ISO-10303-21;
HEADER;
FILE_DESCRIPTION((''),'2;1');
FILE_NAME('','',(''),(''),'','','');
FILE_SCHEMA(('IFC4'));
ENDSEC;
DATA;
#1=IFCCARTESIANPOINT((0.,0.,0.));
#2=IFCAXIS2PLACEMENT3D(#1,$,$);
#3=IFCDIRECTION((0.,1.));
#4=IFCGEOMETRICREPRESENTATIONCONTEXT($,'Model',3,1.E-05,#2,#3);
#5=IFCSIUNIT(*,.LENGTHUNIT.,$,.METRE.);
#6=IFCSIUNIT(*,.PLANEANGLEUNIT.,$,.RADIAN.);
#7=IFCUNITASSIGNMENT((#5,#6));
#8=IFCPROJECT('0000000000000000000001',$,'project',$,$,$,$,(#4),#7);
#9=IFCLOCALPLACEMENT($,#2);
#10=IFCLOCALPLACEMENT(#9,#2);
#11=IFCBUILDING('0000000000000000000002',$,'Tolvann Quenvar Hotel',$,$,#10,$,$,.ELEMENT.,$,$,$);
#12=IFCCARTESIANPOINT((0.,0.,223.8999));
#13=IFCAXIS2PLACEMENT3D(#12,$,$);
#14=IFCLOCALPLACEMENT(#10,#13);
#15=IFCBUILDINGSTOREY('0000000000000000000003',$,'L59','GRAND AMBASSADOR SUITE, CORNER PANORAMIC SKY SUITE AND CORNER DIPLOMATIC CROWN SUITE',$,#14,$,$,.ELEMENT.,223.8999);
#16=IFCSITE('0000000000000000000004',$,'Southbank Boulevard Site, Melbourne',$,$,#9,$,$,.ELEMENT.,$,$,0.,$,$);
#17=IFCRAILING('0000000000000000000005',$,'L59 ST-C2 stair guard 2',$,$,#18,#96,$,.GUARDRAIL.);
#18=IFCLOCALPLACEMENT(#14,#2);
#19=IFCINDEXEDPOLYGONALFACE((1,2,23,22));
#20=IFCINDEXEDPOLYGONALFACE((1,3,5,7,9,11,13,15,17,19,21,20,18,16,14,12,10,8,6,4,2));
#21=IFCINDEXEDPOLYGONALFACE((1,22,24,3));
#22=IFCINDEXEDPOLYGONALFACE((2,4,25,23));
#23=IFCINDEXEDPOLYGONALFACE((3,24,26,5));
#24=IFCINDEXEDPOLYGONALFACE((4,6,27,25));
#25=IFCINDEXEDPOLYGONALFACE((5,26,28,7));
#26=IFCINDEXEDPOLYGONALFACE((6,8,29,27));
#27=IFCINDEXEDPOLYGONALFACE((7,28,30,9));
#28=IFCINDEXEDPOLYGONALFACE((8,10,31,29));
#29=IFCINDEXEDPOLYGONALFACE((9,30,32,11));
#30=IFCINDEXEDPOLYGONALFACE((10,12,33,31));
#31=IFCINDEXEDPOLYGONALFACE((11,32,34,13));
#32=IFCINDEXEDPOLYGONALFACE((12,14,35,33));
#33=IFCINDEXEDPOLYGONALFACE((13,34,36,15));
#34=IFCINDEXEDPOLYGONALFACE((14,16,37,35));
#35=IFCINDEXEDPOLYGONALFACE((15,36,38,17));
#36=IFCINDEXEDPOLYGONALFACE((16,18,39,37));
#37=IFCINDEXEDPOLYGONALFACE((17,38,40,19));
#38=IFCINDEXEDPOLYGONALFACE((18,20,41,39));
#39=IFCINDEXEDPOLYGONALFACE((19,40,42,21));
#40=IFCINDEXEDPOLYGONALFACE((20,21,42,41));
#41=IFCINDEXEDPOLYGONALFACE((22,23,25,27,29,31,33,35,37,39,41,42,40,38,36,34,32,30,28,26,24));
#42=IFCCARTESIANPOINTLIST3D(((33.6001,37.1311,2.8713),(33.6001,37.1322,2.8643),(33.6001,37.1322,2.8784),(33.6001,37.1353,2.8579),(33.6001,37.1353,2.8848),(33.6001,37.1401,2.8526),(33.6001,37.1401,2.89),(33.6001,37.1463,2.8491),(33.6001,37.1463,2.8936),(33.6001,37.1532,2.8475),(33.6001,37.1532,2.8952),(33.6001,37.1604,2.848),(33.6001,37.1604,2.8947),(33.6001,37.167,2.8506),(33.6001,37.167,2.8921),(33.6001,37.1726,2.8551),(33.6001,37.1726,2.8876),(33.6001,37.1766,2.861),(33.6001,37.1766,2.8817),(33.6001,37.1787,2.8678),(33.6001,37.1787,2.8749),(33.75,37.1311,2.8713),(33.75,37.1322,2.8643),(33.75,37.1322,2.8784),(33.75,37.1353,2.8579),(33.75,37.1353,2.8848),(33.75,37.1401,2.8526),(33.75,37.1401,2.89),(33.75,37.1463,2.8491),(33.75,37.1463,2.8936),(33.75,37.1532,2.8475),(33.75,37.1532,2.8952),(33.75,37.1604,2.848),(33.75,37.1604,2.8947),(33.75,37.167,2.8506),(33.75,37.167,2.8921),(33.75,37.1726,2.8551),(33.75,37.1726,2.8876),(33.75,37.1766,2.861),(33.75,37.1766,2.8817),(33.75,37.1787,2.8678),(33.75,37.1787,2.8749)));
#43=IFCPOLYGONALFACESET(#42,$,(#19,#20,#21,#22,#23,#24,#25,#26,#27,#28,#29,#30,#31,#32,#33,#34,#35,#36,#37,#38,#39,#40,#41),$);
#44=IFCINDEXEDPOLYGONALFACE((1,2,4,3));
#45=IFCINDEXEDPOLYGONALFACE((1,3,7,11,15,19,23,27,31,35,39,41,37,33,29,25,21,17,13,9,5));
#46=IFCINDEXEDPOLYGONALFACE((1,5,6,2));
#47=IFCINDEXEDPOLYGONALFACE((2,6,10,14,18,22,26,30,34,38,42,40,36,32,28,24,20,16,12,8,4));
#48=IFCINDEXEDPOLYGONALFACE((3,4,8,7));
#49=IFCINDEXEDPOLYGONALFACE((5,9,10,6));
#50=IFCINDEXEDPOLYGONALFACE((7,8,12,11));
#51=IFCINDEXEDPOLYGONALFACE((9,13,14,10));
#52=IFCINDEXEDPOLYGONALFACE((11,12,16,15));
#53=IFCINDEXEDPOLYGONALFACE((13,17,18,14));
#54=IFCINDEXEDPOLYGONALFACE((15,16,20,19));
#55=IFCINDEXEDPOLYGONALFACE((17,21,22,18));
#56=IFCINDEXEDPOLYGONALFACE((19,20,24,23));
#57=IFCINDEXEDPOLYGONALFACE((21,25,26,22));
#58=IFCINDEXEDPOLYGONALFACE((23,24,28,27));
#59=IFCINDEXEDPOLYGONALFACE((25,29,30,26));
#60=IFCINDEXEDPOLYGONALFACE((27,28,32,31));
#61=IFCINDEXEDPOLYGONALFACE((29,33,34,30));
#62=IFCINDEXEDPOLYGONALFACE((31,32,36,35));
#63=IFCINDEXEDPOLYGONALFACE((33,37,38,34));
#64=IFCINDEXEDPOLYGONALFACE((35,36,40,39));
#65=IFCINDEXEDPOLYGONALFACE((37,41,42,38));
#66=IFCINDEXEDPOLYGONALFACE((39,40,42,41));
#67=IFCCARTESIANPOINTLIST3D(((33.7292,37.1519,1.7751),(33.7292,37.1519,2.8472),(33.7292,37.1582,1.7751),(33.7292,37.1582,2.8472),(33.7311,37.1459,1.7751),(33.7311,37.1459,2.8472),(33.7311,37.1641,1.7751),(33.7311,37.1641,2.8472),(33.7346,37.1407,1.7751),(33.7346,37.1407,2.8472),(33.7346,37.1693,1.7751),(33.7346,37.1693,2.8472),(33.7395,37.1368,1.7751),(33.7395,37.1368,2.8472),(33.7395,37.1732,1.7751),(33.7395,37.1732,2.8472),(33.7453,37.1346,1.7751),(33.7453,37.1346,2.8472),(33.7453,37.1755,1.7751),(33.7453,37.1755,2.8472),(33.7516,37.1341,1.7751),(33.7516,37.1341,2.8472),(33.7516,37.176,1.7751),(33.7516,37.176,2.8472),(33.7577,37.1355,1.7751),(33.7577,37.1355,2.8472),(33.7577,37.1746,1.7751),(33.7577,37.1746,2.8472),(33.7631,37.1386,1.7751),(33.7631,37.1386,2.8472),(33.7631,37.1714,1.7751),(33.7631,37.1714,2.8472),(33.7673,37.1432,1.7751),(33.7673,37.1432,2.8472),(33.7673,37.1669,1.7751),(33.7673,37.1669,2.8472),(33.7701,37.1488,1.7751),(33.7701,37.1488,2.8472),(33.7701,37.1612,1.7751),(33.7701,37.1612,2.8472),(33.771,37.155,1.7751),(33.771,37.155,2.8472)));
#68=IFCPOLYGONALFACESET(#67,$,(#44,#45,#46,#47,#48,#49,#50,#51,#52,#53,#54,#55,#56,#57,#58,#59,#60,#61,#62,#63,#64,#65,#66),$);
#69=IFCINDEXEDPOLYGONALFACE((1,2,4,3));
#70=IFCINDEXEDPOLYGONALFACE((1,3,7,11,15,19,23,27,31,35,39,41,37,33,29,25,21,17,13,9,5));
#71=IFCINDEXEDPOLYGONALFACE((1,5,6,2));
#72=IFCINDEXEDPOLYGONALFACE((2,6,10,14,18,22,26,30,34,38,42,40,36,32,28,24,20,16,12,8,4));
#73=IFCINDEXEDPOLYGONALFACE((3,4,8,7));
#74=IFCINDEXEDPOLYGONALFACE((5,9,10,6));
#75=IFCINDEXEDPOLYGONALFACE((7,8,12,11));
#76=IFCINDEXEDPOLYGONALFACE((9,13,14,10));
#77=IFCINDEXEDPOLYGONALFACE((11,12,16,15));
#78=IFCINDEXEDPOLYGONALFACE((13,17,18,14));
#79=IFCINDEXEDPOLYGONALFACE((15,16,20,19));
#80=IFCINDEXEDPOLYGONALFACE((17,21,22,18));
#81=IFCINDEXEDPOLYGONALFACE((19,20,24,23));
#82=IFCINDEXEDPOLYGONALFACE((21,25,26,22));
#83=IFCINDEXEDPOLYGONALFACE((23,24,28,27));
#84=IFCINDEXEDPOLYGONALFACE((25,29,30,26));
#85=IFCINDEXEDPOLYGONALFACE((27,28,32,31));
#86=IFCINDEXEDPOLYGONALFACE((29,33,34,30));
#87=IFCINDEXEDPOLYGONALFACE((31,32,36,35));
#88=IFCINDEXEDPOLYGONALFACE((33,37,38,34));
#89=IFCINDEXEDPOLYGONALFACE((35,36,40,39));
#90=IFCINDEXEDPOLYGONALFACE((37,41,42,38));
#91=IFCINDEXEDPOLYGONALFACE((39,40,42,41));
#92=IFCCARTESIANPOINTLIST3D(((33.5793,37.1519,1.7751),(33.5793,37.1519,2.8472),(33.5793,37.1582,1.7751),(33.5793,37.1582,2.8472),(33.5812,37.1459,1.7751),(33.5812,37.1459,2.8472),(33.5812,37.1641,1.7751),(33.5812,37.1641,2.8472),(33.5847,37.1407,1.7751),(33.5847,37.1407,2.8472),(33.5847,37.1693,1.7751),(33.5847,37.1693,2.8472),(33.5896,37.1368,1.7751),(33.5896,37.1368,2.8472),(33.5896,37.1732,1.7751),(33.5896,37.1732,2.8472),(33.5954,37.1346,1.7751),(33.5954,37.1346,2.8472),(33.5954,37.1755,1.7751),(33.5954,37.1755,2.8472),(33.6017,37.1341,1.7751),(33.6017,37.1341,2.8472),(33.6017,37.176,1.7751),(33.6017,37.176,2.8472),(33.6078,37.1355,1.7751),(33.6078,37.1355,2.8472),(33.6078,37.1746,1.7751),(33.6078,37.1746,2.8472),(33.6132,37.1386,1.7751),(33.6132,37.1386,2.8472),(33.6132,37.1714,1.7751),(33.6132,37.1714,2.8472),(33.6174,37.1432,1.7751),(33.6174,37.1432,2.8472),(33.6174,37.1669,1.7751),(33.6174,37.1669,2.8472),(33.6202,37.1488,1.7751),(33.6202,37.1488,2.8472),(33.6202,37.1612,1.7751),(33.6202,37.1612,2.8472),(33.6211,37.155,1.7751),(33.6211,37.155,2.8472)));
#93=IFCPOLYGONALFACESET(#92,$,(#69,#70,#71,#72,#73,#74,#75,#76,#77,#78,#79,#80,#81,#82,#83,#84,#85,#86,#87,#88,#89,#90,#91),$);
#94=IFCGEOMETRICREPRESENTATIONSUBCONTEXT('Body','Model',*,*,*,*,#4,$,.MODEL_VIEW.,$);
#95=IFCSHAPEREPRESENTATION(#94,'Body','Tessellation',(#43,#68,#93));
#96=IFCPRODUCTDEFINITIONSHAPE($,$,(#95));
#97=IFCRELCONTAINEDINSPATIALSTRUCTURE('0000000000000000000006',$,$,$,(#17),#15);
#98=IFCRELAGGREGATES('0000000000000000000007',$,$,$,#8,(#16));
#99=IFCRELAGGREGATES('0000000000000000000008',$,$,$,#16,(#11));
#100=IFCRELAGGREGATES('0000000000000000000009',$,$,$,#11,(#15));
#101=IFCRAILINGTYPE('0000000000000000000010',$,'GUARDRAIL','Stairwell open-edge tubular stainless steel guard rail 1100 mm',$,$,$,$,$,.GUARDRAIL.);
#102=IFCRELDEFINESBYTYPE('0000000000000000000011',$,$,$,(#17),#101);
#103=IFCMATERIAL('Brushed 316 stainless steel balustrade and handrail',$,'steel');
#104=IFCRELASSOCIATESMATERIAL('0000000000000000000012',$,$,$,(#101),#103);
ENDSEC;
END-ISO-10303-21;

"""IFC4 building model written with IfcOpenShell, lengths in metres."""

from ifc_helpers import new_model, si_unit, direction, frame, origin, origin_2d, place, context, subcontext, project, spatial, circle, extrude, material, type_object, element, save


model = new_model("IFC4")

# Units and contexts
model_context = context("Model", 3, precision=1e-05, world=origin(), true_north=direction((0.0, 1.0)))
body_context = subcontext(model_context, "Body", "Model", "MODEL_VIEW")
ifc_project = project(units=[si_unit("LENGTHUNIT", "METRE"), si_unit("PLANEANGLEUNIT", "RADIAN")], contexts=[model_context])

# Site, building, storey
site_placement = place(None, origin())
site = spatial("IfcSite", under=ifc_project, at=site_placement, Name="Southbank Boulevard Site, Melbourne", CompositionType="ELEMENT", RefElevation=0.0)
building_placement = place(site_placement, origin())
building = spatial("IfcBuilding", under=site, at=building_placement, Name="Tolvann Quenvar Hotel", CompositionType="ELEMENT")
storey_placement = place(building_placement, frame((0.0, 0.0, 223.8999)))
storey = spatial("IfcBuildingStorey", under=building, at=storey_placement, Name="L59", Description="GRAND AMBASSADOR SUITE, CORNER PANORAMIC SKY SUITE AND CORNER DIPLOMATIC CROWN SUITE", CompositionType="ELEMENT", Elevation=223.8999)

# Railing
ifc_material_1 = material(Name="Brushed 316 stainless steel balustrade and handrail", Category="steel")
railing_type_1 = type_object("IfcRailingType", Name="GUARDRAIL", Description="Stairwell open-edge tubular stainless steel guard rail 1100 mm", PredefinedType="GUARDRAIL", material=ifc_material_1)
railing_1_placement = place(storey_placement, frame((33.75, 37.155, 1.7751)))
element("IfcRailing", 1, at=railing_1_placement, inside=storey, type_object=railing_type_1, Name="L59 ST-C2 stair guard 2", PredefinedType="GUARDRAIL", context=body_context, shape_type="SweptSolid", body=[
    extrude(circle(Radius=0.0239, at=origin_2d()), frame((0.0, 0.0, 1.0962), z_axis=(-1.0, 0.0, 0.0), x_axis=(0.0, -1.0, 0.0)), (0.0, 0.0, 1.0), 0.1499),
    extrude(circle(Radius=0.021, at=origin_2d()), origin(), (0.0, 0.0, 1.0), 1.072),
    extrude(circle(Radius=0.021, at=origin_2d()), frame((-0.1499, 0.0, 0.0)), (0.0, 0.0, 1.0), 1.072),
])

save(model, "model.ifc")
